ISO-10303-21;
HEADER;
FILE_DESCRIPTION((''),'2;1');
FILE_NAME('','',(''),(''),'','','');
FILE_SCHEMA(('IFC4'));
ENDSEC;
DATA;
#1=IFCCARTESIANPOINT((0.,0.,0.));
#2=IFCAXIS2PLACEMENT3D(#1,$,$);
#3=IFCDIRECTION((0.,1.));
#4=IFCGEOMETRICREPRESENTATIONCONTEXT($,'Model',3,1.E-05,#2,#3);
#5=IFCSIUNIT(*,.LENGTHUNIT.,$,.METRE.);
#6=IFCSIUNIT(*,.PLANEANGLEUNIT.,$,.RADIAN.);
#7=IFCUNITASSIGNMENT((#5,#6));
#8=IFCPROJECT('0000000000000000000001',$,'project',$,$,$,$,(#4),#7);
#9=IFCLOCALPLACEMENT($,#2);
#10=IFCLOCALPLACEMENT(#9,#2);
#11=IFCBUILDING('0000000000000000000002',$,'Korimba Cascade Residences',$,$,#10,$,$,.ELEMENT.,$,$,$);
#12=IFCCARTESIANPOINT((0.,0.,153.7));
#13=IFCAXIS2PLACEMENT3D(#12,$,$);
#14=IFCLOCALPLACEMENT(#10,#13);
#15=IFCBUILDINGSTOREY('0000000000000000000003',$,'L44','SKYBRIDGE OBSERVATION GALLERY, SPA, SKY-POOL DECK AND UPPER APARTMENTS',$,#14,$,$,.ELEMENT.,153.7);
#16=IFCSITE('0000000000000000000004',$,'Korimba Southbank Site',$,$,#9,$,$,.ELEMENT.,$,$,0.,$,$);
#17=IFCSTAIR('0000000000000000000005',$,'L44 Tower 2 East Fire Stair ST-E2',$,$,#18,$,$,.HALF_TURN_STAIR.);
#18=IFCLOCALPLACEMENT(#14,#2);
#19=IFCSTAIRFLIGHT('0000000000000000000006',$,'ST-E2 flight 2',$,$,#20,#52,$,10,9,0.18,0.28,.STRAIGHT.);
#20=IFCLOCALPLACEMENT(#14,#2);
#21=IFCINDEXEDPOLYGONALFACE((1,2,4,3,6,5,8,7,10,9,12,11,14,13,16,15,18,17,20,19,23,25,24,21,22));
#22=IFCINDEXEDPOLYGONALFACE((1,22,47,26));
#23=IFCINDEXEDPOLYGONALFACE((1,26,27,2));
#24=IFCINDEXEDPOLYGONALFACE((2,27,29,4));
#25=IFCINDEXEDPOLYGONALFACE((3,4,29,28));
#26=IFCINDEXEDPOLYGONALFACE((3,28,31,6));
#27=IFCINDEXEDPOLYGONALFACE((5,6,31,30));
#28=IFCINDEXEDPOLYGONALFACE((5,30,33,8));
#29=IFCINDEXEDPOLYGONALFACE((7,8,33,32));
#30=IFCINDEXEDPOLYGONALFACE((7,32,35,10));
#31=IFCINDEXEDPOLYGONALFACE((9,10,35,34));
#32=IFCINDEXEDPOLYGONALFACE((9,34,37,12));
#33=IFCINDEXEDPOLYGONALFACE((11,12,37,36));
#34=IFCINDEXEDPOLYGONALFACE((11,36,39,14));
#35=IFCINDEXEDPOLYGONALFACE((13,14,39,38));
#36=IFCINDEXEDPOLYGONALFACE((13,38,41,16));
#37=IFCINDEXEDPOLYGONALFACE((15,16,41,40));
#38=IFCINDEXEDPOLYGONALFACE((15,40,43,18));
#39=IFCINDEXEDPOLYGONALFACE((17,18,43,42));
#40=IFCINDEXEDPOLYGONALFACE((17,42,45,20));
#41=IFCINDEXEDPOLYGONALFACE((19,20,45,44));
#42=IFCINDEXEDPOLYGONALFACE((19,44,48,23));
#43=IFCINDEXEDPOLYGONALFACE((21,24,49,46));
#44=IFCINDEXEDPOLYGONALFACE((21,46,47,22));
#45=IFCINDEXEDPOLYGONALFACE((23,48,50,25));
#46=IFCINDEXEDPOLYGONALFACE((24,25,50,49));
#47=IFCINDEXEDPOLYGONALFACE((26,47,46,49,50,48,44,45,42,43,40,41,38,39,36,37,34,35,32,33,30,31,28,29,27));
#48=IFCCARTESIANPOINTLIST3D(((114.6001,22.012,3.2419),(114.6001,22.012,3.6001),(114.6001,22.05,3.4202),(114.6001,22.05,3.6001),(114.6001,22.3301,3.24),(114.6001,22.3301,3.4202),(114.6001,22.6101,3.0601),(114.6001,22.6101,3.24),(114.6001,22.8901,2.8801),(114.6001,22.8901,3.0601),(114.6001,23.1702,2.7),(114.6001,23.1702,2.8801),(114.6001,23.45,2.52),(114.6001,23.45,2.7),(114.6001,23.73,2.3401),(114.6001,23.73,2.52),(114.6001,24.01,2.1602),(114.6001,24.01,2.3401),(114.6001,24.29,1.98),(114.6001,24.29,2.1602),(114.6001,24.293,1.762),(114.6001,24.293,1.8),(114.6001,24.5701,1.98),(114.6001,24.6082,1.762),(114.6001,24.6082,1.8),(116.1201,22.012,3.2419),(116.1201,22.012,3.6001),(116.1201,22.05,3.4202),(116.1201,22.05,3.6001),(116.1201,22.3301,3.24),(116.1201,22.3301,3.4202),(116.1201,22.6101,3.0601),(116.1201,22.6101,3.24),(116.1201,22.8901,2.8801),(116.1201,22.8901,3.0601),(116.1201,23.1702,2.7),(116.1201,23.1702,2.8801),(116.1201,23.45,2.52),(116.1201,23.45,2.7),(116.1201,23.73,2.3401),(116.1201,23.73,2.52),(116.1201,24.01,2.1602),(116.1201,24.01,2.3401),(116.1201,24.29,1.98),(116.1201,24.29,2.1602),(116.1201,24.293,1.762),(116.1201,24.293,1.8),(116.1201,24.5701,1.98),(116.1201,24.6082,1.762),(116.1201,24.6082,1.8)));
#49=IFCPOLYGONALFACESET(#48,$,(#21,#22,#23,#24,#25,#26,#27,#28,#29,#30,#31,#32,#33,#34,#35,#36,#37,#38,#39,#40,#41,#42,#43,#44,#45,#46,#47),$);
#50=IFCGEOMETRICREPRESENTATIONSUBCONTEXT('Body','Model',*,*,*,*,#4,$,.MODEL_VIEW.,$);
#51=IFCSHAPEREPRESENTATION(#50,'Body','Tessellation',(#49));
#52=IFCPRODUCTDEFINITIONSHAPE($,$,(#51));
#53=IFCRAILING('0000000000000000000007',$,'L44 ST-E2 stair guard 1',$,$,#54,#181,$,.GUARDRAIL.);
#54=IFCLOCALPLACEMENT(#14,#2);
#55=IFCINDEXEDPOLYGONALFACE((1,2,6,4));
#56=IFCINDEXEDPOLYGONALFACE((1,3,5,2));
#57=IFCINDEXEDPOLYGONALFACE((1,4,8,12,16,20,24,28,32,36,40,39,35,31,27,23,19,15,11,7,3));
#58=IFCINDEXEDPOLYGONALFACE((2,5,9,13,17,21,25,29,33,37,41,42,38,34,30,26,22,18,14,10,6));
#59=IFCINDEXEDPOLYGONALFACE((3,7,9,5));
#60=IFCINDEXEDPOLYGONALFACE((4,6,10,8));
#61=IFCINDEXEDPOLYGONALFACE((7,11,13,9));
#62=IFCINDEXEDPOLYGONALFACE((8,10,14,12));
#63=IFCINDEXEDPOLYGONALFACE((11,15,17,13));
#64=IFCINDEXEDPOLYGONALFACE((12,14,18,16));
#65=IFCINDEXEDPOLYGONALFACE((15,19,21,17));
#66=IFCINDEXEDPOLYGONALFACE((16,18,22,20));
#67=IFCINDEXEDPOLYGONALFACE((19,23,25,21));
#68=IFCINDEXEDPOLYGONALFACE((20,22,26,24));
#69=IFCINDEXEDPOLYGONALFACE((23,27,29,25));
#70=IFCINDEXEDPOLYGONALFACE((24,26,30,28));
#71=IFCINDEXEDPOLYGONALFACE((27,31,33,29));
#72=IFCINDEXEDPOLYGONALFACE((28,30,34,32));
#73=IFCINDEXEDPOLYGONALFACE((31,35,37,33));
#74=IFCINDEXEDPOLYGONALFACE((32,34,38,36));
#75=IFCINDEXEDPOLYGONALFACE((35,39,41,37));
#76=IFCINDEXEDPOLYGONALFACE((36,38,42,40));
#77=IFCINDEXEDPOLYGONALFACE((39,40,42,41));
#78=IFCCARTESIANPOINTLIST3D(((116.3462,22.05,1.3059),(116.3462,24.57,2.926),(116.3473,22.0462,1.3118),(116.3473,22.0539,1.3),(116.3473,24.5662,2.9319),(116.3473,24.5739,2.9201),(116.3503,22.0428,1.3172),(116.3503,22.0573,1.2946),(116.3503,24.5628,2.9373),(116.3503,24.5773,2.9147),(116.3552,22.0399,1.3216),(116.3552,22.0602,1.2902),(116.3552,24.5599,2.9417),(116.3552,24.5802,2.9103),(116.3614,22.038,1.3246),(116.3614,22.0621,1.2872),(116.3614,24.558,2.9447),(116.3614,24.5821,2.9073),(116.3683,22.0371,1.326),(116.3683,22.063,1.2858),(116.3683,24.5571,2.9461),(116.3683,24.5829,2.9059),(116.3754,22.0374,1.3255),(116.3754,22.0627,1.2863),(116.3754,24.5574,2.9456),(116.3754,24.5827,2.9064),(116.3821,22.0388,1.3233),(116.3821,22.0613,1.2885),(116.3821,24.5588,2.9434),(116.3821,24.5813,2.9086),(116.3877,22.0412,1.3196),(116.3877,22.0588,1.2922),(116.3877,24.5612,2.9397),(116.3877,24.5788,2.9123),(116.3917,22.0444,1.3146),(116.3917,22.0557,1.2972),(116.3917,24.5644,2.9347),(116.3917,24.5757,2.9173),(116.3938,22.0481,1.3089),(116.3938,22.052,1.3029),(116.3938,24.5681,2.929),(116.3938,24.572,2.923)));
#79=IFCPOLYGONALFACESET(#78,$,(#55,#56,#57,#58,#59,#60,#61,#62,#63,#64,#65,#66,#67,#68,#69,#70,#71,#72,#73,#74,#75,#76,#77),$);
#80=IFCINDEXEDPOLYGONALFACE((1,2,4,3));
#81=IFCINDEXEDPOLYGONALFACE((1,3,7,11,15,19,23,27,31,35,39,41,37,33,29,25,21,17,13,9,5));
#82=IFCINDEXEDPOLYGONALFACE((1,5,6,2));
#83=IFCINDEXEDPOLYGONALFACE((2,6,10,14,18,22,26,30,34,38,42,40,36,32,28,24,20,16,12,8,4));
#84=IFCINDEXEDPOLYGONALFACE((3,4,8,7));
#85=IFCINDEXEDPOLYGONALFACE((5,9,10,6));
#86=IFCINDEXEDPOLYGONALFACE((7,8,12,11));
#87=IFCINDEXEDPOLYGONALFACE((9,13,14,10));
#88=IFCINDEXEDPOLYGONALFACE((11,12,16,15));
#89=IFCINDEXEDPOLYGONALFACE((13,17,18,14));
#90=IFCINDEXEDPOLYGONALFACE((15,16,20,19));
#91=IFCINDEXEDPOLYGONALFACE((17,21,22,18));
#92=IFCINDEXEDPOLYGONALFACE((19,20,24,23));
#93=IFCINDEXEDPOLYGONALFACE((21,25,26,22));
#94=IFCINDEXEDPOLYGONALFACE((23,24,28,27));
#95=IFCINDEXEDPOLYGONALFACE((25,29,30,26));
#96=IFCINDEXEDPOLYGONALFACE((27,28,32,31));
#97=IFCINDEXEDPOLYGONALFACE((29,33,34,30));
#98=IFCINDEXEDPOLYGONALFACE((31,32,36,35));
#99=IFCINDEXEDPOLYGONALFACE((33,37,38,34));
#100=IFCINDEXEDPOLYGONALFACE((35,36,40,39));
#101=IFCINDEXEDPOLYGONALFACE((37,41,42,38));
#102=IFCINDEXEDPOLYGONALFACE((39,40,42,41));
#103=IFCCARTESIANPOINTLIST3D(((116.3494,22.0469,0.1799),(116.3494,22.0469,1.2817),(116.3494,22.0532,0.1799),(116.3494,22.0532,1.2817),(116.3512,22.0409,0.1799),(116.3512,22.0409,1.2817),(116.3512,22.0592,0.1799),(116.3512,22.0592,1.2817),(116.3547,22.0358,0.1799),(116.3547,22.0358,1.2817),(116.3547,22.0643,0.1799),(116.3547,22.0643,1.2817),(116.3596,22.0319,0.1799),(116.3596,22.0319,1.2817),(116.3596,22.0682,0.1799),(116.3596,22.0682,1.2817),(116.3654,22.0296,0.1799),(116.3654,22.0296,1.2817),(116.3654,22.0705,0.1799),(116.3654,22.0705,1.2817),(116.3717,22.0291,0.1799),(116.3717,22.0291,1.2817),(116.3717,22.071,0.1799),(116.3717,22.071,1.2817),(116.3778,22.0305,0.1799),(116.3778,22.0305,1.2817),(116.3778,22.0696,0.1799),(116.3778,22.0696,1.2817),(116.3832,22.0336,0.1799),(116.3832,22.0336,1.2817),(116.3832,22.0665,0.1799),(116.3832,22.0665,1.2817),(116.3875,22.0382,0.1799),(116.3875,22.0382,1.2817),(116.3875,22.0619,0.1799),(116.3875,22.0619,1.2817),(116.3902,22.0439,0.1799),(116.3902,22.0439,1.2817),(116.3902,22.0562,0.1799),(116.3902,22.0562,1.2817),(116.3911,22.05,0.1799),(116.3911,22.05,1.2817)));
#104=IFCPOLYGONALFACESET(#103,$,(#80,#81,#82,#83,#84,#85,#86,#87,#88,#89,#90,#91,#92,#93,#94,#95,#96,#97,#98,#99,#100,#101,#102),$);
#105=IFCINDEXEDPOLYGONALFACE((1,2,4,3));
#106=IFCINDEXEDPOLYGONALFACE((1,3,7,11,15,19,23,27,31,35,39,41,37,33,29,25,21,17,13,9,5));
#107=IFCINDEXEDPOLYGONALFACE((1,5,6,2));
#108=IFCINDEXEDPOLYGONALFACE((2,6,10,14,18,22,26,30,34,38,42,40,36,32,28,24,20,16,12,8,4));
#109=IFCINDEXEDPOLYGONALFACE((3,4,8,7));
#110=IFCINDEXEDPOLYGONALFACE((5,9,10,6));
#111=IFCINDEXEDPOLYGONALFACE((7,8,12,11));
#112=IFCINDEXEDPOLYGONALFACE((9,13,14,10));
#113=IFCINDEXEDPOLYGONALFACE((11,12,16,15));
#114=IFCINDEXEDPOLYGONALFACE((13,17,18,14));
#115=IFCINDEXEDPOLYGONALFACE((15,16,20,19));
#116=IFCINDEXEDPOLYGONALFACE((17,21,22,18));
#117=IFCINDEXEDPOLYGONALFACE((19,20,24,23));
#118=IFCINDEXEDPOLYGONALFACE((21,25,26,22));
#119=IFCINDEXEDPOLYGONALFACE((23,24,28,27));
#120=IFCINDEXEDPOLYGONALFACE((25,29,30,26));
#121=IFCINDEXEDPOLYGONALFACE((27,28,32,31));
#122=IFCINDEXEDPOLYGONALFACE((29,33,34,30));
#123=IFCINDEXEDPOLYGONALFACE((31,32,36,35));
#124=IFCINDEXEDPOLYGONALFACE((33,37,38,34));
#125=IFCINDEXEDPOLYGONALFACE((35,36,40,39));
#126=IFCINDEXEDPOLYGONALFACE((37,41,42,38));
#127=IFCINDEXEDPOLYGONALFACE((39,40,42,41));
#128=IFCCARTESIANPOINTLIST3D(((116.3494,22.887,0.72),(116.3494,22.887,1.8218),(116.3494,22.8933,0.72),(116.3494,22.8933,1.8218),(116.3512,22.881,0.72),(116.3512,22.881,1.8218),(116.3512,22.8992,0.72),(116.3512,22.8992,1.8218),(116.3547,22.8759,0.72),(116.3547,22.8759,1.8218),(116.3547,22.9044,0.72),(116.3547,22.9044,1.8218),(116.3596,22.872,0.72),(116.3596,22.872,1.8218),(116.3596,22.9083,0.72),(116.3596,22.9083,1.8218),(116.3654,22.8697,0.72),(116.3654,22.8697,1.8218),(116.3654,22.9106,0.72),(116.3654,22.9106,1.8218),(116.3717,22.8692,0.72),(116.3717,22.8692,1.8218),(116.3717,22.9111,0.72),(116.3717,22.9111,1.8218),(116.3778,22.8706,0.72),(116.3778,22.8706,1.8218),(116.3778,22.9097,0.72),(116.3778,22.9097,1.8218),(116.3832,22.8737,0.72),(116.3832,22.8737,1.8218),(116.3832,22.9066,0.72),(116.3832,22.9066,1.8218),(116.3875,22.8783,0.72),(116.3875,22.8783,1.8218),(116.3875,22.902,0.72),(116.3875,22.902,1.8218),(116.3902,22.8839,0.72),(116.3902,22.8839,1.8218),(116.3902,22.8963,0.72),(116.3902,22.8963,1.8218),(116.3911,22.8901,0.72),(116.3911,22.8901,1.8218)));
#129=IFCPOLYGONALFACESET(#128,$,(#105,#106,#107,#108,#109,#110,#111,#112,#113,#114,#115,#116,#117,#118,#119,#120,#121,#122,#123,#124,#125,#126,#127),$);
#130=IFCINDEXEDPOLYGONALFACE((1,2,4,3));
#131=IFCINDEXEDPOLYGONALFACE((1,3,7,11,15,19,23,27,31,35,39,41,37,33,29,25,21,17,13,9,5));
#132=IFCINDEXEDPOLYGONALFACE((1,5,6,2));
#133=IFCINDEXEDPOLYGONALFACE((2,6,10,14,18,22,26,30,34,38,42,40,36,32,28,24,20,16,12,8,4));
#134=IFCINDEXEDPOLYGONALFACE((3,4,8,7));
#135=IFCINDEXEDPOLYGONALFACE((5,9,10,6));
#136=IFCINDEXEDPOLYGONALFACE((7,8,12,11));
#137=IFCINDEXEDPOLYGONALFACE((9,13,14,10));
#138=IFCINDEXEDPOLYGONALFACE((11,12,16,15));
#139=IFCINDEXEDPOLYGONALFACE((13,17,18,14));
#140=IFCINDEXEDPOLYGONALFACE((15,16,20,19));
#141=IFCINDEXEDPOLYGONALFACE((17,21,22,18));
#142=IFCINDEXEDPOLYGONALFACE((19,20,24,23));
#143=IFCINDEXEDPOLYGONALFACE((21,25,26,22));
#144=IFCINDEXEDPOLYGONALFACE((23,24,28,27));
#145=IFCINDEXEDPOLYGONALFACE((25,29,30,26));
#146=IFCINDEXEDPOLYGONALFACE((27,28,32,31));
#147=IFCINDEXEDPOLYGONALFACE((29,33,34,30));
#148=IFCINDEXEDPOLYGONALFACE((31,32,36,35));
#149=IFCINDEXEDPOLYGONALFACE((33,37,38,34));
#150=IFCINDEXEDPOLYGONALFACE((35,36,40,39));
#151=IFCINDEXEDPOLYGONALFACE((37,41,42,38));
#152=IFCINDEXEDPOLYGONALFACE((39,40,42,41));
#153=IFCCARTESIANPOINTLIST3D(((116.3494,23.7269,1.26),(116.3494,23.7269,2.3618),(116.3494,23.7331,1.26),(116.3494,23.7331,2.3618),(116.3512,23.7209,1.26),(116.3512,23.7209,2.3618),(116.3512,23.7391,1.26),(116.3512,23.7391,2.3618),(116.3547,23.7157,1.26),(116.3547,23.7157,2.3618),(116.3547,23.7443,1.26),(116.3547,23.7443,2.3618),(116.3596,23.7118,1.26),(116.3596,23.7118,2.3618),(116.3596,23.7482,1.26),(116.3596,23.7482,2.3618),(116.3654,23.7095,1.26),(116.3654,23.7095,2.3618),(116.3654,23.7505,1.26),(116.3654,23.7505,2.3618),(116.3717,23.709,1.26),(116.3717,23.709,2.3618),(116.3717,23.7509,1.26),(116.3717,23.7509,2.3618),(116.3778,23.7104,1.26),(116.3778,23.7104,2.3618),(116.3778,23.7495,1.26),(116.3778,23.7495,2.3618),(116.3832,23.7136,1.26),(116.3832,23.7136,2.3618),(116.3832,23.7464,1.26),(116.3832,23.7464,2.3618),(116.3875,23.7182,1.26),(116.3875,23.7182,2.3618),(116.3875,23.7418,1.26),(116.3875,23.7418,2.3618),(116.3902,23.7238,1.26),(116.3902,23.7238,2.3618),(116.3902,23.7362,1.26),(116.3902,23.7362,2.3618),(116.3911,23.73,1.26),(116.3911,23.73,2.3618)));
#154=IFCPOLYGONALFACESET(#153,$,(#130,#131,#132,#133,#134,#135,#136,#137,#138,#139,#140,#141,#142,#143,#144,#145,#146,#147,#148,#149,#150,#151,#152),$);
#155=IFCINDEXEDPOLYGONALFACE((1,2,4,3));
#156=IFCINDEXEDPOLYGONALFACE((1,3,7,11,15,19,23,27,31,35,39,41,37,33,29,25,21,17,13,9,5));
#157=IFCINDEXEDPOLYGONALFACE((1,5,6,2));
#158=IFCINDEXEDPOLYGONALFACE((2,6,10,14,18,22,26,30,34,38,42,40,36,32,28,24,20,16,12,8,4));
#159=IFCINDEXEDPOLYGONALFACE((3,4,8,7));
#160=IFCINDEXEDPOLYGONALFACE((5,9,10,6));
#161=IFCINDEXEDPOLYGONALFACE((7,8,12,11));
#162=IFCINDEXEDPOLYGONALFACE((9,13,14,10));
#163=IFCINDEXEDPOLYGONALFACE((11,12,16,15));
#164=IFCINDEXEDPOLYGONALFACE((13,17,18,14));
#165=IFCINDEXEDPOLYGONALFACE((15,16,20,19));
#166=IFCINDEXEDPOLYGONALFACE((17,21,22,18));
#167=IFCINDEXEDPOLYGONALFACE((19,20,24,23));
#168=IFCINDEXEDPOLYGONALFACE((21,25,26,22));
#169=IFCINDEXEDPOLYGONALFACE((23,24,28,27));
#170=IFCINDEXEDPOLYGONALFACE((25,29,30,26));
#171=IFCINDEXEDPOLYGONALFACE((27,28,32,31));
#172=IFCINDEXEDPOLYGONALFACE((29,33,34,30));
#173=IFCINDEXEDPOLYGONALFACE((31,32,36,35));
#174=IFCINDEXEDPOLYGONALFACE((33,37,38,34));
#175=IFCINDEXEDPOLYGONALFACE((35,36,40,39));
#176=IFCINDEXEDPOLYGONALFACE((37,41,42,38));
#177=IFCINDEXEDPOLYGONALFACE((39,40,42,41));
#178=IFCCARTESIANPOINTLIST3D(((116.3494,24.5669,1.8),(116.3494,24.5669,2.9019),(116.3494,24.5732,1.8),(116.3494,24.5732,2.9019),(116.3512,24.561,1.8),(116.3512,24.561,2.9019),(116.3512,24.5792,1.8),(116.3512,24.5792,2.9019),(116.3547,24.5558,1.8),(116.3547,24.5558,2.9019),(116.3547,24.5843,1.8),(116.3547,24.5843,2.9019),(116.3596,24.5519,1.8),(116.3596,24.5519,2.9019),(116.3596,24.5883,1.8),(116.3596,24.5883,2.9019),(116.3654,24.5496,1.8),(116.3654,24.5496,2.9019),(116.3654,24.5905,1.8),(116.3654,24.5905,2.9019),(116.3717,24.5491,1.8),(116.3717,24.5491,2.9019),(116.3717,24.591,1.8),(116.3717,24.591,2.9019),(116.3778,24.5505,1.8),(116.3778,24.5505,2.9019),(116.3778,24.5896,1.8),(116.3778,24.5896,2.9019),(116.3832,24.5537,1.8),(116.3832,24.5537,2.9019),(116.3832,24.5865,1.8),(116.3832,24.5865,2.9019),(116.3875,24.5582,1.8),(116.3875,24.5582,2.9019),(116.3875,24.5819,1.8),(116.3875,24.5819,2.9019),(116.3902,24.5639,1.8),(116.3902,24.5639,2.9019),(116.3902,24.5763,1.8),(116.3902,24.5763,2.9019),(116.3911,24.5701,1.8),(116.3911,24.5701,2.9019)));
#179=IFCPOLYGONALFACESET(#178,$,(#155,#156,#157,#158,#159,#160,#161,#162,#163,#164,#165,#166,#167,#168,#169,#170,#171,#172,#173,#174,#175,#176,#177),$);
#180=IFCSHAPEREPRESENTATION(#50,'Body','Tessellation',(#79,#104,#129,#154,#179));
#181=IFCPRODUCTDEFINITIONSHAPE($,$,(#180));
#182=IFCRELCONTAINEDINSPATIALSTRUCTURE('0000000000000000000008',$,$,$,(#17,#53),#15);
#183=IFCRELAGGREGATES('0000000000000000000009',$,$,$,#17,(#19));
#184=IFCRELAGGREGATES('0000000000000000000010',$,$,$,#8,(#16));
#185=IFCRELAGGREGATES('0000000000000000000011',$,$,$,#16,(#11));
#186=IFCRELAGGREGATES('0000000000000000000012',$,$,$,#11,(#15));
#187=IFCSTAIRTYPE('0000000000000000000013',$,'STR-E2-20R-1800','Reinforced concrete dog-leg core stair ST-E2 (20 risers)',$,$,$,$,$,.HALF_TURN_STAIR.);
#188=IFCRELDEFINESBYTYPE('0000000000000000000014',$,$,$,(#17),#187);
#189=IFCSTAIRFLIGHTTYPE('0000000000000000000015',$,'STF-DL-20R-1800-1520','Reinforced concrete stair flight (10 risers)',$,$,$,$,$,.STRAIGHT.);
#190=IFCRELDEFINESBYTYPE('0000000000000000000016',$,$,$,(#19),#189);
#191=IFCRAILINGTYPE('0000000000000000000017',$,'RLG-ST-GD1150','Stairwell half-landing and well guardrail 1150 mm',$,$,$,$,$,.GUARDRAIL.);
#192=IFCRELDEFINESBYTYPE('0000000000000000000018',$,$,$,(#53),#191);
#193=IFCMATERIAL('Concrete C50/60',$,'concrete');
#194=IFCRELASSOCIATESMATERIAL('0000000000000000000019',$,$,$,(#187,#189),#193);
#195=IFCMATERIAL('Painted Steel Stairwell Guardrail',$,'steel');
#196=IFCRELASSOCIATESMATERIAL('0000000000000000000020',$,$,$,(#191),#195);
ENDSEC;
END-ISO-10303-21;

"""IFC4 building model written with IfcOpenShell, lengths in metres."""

from ifc_helpers import new_model, si_unit, direction, frame, origin, origin_2d, place, context, subcontext, project, spatial, polyline, circle, outline, extrude, material, type_object, element, aggregate, save


model = new_model("IFC4")

# Units and contexts
model_context = context("Model", 3, precision=1e-05, world=origin(), true_north=direction((0.0, 1.0)))
body_context = subcontext(model_context, "Body", "Model", "MODEL_VIEW")
ifc_project = project(units=[si_unit("LENGTHUNIT", "METRE"), si_unit("PLANEANGLEUNIT", "RADIAN")], contexts=[model_context])

# Site, building, storey
site_placement = place(None, origin())
site = spatial("IfcSite", under=ifc_project, at=site_placement, Name="Korimba Southbank Site", CompositionType="ELEMENT", RefElevation=0.0)
building_placement = place(site_placement, origin())
building = spatial("IfcBuilding", under=site, at=building_placement, Name="Korimba Cascade Residences", CompositionType="ELEMENT")
storey_placement = place(building_placement, frame((0.0, 0.0, 153.7)))
storey = spatial("IfcBuildingStorey", under=building, at=storey_placement, Name="L44", Description="SKYBRIDGE OBSERVATION GALLERY, SPA, SKY-POOL DECK AND UPPER APARTMENTS", CompositionType="ELEMENT", Elevation=153.7)

# Stair, stair flight
ifc_material_1 = material(Name="Concrete C50/60", Category="concrete")
stair_type = type_object("IfcStairType", Name="STR-E2-20R-1800", Description="Reinforced concrete dog-leg core stair ST-E2 (20 risers)", PredefinedType="HALF_TURN_STAIR", material=ifc_material_1)
stair_placement = place(storey_placement, origin())
stair = element("IfcStair", 1, at=stair_placement, inside=storey, type_object=stair_type, Name="L44 Tower 2 East Fire Stair ST-E2", PredefinedType="HALF_TURN_STAIR")
stair_flight_type = type_object("IfcStairFlightType", Name="STF-DL-20R-1800-1520", Description="Reinforced concrete stair flight (10 risers)", PredefinedType="STRAIGHT", material=ifc_material_1)
stair_flight_1_placement = place(storey_placement, frame((115.3601, 24.5701, 1.8), z_axis=(0.0, 0.0, 1.0), x_axis=(0.0, -1.0, 0.0)))
stair_flight_1 = element("IfcStairFlight", 2, at=stair_flight_1_placement, type_object=stair_flight_type, Name="ST-E2 flight 2", NumberOfRisers=10, NumberOfTreads=9, PredefinedType="STRAIGHT", RiserHeight=0.18, TreadLength=0.28, context=body_context, shape_type="SweptSolid", body=[
    extrude(outline(polyline([(-0.0381, 0.0), (0.0, 0.1799), (0.28, 0.1799), (0.28, 0.3601), (0.5601, 0.3601), (0.5601, 0.54), (0.8401, 0.54), (0.8401, 0.72), (1.1201, 0.72), (1.1201, 0.8999), (1.3999, 0.8999), (1.3999, 1.0801), (1.6799, 1.0801), (1.6799, 1.26), (1.96, 1.26), (1.96, 1.4399), (2.24, 1.4399), (2.24, 1.6201), (2.52, 1.6201), (2.52, 1.8), (2.5581, 1.8), (2.5581, 1.4419), (0.2771, 0.0), (0.2771, -0.0381), (-0.0381, -0.0381), (-0.0381, 0.0)])), frame((0.0, 0.76, 0.0), z_axis=(0.0, -1.0, 0.0), x_axis=(1.0, 0.0, 0.0)), (0.0, 0.0, 1.0), 1.52),
])
aggregate(stair, [stair_flight_1])

# Railing
ifc_material_2 = material(Name="Painted Steel Stairwell Guardrail", Category="steel")
railing_type_1 = type_object("IfcRailingType", Name="RLG-ST-GD1150", Description="Stairwell half-landing and well guardrail 1150 mm", PredefinedType="GUARDRAIL", material=ifc_material_2)
railing_1_placement = place(storey_placement, frame((116.3701, 22.05, 0.1799)))
element("IfcRailing", 3, at=railing_1_placement, inside=storey, type_object=railing_type_1, Name="L44 ST-E2 stair guard 1", PredefinedType="GUARDRAIL", context=body_context, shape_type="SweptSolid", body=[
    extrude(circle(Radius=0.0239, at=origin_2d()), frame((0.0, 0.0, 1.126), z_axis=(0.0, 0.841163, 0.540782), x_axis=(-1.0, 0.0, 0.0)), (0.0, 0.0, 1.0), 2.9958),
    extrude(circle(Radius=0.021, at=origin_2d()), origin(), (0.0, 0.0, 1.0), 1.1018),
    extrude(circle(Radius=0.021, at=origin_2d()), frame((0.0, 0.8401, 0.54)), (0.0, 0.0, 1.0), 1.1018),
    extrude(circle(Radius=0.021, at=origin_2d()), frame((0.0, 1.6799, 1.0801)), (0.0, 0.0, 1.0), 1.1018),
    extrude(circle(Radius=0.021, at=origin_2d()), frame((0.0, 2.52, 1.6201)), (0.0, 0.0, 1.0), 1.1018),
])

save(model, "model.ifc")
